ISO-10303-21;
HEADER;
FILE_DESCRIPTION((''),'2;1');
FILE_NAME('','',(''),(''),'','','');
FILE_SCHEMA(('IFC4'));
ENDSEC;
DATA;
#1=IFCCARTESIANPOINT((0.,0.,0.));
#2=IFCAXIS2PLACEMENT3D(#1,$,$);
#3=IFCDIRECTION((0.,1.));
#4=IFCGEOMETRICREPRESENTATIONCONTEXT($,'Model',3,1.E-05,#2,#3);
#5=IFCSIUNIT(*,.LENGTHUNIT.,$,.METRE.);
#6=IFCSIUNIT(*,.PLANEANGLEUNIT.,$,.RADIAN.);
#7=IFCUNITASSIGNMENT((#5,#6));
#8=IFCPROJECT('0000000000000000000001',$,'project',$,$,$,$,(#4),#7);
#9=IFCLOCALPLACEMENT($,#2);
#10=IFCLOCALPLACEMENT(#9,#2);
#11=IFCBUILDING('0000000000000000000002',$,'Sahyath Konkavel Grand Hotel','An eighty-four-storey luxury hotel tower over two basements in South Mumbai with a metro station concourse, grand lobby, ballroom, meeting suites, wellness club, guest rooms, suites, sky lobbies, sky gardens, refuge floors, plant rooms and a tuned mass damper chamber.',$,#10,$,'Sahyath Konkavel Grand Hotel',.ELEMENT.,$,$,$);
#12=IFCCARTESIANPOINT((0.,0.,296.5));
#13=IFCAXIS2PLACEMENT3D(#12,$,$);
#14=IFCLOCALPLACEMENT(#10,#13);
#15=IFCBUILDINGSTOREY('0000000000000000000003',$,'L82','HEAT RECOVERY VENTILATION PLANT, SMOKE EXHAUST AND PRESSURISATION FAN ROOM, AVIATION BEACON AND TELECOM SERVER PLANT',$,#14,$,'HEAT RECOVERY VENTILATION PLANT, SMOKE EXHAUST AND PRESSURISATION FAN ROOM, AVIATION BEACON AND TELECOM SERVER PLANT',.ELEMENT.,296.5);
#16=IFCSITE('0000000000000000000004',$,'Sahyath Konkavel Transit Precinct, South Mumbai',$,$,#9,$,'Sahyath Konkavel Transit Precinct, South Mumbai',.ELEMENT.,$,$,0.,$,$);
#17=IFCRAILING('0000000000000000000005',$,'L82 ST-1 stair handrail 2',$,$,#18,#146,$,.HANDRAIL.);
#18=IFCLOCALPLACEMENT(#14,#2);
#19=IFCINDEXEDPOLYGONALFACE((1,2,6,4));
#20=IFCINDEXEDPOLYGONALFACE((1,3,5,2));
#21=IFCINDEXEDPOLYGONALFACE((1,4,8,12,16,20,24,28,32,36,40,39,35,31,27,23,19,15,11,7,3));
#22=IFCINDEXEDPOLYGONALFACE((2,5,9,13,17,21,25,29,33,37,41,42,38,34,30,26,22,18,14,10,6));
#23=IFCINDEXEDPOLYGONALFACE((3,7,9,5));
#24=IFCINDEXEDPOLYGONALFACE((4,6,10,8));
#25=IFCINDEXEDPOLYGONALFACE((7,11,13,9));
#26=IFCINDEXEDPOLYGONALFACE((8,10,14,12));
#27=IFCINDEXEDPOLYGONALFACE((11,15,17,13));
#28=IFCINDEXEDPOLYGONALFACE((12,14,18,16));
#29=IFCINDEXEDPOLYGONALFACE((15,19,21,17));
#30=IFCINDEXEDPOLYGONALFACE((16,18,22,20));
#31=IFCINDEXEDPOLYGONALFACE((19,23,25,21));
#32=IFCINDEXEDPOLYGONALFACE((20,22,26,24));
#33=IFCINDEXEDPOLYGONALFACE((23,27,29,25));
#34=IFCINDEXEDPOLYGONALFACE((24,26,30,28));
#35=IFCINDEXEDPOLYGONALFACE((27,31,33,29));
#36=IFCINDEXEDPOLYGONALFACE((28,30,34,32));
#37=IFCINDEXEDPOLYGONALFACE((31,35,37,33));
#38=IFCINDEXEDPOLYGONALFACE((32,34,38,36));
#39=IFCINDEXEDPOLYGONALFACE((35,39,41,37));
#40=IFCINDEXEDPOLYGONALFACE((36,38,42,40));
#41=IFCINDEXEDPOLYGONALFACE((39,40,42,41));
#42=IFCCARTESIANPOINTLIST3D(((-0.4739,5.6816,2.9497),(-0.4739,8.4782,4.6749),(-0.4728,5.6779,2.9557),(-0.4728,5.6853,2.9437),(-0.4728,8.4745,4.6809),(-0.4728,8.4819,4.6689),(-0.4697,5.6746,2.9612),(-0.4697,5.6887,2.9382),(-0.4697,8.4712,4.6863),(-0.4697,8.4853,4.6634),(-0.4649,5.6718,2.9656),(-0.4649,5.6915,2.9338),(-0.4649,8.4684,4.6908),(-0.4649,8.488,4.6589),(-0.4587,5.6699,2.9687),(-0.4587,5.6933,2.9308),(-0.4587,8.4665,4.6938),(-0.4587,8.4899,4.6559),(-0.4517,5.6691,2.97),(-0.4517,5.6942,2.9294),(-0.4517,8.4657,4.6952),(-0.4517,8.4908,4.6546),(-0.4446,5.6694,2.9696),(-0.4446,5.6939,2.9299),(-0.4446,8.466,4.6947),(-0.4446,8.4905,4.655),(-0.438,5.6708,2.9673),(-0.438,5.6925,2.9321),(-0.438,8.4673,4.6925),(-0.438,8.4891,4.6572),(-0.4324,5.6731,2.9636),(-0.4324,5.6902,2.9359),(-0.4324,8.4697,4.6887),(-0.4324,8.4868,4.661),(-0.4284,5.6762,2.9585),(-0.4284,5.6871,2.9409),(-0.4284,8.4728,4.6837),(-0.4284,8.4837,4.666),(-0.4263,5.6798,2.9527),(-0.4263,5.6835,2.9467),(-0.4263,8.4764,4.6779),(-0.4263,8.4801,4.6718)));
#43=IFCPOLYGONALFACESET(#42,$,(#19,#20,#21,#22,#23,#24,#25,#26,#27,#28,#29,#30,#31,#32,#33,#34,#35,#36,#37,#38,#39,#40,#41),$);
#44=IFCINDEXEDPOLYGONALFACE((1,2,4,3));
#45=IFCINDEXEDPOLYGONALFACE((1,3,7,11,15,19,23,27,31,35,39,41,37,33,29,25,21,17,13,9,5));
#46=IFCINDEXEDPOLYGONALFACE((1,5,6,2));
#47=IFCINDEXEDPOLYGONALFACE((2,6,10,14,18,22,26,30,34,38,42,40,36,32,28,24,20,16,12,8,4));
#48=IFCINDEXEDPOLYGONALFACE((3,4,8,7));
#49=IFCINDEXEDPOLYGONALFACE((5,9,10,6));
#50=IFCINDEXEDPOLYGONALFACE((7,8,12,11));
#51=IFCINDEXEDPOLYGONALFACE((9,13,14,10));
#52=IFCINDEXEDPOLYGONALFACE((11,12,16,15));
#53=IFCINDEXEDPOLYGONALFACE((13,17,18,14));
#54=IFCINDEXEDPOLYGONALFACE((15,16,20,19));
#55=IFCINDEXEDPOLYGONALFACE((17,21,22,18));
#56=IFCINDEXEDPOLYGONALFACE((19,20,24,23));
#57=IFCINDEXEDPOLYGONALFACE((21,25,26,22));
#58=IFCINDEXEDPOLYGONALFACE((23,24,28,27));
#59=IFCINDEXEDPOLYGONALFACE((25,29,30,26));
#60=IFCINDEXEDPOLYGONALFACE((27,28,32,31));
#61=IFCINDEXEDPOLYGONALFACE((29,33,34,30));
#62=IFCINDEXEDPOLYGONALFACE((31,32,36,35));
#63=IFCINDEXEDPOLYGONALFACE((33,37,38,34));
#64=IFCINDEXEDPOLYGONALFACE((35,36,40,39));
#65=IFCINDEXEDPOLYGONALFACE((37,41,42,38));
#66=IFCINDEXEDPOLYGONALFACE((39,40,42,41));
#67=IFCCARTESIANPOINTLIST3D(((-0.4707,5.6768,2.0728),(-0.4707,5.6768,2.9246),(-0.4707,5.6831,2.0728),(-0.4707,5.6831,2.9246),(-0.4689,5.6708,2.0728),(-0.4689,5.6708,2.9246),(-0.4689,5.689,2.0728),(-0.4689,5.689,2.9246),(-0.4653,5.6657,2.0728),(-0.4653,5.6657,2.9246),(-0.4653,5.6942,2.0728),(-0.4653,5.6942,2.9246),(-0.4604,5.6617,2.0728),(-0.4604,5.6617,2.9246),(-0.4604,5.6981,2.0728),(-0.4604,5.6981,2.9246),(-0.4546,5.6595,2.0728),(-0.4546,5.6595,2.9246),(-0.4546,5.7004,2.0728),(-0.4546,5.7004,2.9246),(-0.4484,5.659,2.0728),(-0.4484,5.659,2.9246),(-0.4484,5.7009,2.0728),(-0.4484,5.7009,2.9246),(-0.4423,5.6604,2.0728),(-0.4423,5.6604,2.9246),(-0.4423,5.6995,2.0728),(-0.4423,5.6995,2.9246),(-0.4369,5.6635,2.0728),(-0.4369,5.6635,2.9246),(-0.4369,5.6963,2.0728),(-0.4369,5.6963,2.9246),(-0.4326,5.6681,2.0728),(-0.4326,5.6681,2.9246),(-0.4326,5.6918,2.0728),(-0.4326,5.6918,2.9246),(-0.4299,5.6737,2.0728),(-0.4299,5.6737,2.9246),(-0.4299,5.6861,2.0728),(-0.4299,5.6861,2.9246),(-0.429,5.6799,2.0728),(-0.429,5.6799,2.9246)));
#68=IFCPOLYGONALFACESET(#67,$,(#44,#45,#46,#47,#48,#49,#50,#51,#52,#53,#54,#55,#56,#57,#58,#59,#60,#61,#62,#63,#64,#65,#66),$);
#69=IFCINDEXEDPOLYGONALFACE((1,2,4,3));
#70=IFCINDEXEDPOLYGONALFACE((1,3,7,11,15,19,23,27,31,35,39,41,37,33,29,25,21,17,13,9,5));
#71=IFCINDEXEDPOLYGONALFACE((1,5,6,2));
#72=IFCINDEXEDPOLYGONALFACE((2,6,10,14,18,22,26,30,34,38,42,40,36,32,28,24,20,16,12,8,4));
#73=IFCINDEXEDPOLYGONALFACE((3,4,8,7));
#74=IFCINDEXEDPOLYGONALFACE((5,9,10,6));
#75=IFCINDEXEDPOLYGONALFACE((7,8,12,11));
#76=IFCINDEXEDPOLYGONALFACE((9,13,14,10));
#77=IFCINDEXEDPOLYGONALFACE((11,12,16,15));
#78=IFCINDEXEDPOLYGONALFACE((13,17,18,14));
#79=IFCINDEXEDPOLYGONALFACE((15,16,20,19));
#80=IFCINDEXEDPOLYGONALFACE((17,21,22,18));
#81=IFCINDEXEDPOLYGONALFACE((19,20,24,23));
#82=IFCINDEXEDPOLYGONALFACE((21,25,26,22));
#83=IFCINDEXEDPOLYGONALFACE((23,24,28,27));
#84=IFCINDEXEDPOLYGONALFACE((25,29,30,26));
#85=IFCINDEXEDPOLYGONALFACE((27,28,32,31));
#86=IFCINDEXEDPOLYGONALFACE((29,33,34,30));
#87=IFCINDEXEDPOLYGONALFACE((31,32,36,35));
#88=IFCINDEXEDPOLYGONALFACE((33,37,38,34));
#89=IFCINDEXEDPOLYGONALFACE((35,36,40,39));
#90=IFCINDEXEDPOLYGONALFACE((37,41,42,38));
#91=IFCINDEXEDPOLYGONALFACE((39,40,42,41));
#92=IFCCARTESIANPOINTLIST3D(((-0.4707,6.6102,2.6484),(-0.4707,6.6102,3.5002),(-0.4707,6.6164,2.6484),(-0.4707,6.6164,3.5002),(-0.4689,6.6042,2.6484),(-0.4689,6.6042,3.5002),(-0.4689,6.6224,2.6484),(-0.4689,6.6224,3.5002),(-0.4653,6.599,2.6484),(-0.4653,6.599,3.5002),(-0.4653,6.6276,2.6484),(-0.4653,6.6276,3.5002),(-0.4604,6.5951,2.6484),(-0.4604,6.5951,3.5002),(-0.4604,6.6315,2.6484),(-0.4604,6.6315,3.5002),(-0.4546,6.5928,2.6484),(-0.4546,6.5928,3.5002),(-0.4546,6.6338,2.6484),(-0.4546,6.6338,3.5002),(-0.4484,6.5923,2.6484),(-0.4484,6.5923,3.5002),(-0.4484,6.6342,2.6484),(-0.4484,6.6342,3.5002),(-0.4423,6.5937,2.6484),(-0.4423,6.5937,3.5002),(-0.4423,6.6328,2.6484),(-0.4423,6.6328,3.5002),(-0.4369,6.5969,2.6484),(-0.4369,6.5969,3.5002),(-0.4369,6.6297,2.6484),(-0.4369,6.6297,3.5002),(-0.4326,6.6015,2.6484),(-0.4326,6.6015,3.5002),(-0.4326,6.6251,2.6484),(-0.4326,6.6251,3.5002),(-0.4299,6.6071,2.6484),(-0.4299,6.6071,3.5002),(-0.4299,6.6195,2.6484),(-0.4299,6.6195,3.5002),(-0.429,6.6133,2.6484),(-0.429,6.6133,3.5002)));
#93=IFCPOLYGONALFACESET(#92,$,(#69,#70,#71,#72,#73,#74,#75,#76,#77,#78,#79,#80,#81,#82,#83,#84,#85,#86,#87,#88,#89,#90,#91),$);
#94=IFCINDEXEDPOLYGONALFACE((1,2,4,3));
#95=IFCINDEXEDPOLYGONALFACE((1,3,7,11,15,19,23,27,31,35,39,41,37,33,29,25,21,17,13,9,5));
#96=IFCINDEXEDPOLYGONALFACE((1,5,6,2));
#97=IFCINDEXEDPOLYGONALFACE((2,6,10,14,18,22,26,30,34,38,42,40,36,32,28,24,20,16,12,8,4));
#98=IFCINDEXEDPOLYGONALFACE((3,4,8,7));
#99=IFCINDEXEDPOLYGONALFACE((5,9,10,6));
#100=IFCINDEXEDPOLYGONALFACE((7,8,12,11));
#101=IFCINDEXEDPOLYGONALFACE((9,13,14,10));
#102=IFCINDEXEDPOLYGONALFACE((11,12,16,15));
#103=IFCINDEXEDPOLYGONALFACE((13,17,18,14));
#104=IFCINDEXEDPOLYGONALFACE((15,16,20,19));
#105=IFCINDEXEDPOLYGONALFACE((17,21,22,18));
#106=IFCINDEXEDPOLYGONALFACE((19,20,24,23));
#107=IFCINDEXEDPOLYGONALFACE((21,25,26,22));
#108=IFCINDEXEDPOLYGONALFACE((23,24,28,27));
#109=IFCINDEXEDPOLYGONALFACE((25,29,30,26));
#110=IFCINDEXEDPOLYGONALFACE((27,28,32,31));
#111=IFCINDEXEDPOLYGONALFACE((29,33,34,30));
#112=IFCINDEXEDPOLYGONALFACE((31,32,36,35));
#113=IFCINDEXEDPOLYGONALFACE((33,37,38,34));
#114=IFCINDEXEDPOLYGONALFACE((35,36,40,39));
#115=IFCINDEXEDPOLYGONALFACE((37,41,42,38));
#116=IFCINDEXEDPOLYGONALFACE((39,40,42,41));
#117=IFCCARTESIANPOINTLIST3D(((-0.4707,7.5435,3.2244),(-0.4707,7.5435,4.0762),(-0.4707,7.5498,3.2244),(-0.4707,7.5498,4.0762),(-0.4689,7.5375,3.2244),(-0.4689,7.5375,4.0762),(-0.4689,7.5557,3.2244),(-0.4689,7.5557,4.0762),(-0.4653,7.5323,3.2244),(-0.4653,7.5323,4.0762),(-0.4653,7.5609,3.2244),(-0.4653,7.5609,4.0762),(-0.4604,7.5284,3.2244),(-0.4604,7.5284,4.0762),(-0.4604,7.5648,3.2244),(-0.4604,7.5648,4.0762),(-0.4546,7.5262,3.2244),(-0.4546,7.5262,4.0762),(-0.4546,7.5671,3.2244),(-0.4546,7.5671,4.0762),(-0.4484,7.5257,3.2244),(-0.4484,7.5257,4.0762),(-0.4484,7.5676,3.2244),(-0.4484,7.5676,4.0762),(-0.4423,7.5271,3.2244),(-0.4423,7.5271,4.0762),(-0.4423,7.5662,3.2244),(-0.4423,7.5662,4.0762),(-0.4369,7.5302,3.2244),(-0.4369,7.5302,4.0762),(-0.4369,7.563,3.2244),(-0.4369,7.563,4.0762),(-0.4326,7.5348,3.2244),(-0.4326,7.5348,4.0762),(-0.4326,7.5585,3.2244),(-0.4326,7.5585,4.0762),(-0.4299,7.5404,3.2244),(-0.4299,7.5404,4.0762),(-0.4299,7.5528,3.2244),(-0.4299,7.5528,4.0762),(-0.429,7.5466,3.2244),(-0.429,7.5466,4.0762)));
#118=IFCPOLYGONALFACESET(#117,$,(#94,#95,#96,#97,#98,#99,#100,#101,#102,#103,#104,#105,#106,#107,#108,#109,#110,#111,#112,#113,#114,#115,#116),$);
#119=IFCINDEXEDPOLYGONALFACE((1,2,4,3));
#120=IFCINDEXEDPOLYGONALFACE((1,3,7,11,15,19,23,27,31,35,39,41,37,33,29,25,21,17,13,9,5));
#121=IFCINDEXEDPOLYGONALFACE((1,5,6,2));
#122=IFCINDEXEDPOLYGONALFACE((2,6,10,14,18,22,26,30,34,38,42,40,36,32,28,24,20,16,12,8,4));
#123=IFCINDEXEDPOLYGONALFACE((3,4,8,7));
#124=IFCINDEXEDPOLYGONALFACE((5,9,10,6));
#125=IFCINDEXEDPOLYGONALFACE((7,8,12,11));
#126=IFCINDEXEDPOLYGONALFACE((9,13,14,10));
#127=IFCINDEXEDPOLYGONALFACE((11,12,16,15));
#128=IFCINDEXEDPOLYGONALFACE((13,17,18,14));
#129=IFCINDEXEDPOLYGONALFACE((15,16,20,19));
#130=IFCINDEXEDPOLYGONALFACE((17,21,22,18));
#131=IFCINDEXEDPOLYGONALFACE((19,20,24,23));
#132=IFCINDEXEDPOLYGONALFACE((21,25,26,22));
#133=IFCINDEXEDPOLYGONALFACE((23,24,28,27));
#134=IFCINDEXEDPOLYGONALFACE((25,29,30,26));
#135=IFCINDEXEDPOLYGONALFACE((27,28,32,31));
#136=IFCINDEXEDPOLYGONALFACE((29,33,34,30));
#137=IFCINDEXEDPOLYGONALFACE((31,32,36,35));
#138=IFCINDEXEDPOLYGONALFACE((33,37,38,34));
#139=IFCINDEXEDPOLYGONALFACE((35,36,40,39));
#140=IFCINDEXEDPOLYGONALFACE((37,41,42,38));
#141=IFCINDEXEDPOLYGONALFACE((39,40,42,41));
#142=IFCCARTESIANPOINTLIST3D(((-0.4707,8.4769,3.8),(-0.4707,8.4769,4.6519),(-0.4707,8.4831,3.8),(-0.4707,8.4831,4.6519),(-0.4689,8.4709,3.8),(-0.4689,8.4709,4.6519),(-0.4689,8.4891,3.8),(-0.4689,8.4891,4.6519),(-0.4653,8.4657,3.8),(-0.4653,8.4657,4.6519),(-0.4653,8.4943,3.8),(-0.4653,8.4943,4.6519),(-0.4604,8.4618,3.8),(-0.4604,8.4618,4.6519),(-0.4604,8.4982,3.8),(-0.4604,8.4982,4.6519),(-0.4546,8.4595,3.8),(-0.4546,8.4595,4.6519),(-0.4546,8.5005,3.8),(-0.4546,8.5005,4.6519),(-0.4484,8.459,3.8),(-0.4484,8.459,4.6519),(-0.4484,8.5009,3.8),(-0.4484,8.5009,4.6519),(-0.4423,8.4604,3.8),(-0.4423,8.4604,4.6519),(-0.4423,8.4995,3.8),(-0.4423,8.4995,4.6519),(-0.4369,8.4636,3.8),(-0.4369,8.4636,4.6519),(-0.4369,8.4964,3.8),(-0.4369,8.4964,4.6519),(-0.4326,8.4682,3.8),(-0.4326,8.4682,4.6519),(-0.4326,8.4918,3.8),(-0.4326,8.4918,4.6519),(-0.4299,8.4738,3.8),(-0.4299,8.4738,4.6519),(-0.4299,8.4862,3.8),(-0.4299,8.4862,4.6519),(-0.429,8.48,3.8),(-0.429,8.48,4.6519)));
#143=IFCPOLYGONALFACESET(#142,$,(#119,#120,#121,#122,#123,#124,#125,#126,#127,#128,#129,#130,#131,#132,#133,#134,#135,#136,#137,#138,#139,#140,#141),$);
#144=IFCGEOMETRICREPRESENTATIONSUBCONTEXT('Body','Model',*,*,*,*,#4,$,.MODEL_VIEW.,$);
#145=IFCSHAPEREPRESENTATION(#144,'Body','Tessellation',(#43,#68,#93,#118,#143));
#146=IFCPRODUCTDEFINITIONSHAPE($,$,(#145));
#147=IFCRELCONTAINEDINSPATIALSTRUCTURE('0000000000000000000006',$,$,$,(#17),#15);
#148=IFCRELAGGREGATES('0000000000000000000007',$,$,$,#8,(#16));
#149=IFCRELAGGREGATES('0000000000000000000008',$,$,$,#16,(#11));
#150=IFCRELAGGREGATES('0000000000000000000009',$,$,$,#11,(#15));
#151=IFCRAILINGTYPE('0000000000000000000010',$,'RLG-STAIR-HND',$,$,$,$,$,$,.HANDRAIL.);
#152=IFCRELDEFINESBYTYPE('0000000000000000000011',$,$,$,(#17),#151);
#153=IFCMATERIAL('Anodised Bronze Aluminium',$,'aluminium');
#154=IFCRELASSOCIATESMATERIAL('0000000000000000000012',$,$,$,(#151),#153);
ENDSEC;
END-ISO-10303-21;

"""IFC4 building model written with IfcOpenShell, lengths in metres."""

from ifc_helpers import new_model, si_unit, direction, frame, origin, origin_2d, place, context, subcontext, project, spatial, circle, extrude, material, type_object, element, save


model = new_model("IFC4")

# Units and contexts
model_context = context("Model", 3, precision=1e-05, world=origin(), true_north=direction((0.0, 1.0)))
body_context = subcontext(model_context, "Body", "Model", "MODEL_VIEW")
ifc_project = project(units=[si_unit("LENGTHUNIT", "METRE"), si_unit("PLANEANGLEUNIT", "RADIAN")], contexts=[model_context])

# Site, building, storey
site_placement = place(None, origin())
site = spatial("IfcSite", under=ifc_project, at=site_placement, Name="Sahyath Konkavel Transit Precinct, South Mumbai", LongName="Sahyath Konkavel Transit Precinct, South Mumbai", CompositionType="ELEMENT", RefElevation=0.0)
building_placement = place(site_placement, origin())
building = spatial("IfcBuilding", under=site, at=building_placement, Name="Sahyath Konkavel Grand Hotel", Description="An eighty-four-storey luxury hotel tower over two basements in South Mumbai with a metro station concourse, grand lobby, ballroom, meeting suites, wellness club, guest rooms, suites, sky lobbies, sky gardens, refuge floors, plant rooms and a tuned mass damper chamber.", LongName="Sahyath Konkavel Grand Hotel", CompositionType="ELEMENT")
storey_placement = place(building_placement, frame((0.0, 0.0, 296.5)))
storey = spatial("IfcBuildingStorey", under=building, at=storey_placement, Name="L82", Description="HEAT RECOVERY VENTILATION PLANT, SMOKE EXHAUST AND PRESSURISATION FAN ROOM, AVIATION BEACON AND TELECOM SERVER PLANT", LongName="HEAT RECOVERY VENTILATION PLANT, SMOKE EXHAUST AND PRESSURISATION FAN ROOM, AVIATION BEACON AND TELECOM SERVER PLANT", CompositionType="ELEMENT", Elevation=296.5)

# Railing
ifc_material_1 = material(Name="Anodised Bronze Aluminium", Category="aluminium")
railing_type_1 = type_object("IfcRailingType", Name="RLG-STAIR-HND", PredefinedType="HANDRAIL", material=ifc_material_1)
railing_1_placement = place(storey_placement, frame((-0.45, 5.6799, 2.0728)))
element("IfcRailing", 1, at=railing_1_placement, inside=storey, type_object=railing_type_1, Name="L82 ST-1 stair handrail 2", PredefinedType="HANDRAIL", context=body_context, shape_type="SweptSolid", body=[
    extrude(circle(Radius=0.0239, at=origin_2d()), frame((0.0, 0.0017, 0.877), z_axis=(0.0, 0.85109, 0.52502), x_axis=(-1.0, 0.0, 0.0)), (0.0, 0.0, 1.0), 3.2859),
    extrude(circle(Radius=0.021, at=origin_2d()), origin(), (0.0, 0.0, 1.0), 0.8518),
    extrude(circle(Radius=0.021, at=origin_2d()), frame((0.0, 0.9333, 0.5757)), (0.0, 0.0, 1.0), 0.8518),
    extrude(circle(Radius=0.021, at=origin_2d()), frame((0.0, 1.8667, 1.1516)), (0.0, 0.0, 1.0), 0.8518),
    extrude(circle(Radius=0.021, at=origin_2d()), frame((0.0, 2.8, 1.7273)), (0.0, 0.0, 1.0), 0.8518),
])

save(model, "model.ifc")
